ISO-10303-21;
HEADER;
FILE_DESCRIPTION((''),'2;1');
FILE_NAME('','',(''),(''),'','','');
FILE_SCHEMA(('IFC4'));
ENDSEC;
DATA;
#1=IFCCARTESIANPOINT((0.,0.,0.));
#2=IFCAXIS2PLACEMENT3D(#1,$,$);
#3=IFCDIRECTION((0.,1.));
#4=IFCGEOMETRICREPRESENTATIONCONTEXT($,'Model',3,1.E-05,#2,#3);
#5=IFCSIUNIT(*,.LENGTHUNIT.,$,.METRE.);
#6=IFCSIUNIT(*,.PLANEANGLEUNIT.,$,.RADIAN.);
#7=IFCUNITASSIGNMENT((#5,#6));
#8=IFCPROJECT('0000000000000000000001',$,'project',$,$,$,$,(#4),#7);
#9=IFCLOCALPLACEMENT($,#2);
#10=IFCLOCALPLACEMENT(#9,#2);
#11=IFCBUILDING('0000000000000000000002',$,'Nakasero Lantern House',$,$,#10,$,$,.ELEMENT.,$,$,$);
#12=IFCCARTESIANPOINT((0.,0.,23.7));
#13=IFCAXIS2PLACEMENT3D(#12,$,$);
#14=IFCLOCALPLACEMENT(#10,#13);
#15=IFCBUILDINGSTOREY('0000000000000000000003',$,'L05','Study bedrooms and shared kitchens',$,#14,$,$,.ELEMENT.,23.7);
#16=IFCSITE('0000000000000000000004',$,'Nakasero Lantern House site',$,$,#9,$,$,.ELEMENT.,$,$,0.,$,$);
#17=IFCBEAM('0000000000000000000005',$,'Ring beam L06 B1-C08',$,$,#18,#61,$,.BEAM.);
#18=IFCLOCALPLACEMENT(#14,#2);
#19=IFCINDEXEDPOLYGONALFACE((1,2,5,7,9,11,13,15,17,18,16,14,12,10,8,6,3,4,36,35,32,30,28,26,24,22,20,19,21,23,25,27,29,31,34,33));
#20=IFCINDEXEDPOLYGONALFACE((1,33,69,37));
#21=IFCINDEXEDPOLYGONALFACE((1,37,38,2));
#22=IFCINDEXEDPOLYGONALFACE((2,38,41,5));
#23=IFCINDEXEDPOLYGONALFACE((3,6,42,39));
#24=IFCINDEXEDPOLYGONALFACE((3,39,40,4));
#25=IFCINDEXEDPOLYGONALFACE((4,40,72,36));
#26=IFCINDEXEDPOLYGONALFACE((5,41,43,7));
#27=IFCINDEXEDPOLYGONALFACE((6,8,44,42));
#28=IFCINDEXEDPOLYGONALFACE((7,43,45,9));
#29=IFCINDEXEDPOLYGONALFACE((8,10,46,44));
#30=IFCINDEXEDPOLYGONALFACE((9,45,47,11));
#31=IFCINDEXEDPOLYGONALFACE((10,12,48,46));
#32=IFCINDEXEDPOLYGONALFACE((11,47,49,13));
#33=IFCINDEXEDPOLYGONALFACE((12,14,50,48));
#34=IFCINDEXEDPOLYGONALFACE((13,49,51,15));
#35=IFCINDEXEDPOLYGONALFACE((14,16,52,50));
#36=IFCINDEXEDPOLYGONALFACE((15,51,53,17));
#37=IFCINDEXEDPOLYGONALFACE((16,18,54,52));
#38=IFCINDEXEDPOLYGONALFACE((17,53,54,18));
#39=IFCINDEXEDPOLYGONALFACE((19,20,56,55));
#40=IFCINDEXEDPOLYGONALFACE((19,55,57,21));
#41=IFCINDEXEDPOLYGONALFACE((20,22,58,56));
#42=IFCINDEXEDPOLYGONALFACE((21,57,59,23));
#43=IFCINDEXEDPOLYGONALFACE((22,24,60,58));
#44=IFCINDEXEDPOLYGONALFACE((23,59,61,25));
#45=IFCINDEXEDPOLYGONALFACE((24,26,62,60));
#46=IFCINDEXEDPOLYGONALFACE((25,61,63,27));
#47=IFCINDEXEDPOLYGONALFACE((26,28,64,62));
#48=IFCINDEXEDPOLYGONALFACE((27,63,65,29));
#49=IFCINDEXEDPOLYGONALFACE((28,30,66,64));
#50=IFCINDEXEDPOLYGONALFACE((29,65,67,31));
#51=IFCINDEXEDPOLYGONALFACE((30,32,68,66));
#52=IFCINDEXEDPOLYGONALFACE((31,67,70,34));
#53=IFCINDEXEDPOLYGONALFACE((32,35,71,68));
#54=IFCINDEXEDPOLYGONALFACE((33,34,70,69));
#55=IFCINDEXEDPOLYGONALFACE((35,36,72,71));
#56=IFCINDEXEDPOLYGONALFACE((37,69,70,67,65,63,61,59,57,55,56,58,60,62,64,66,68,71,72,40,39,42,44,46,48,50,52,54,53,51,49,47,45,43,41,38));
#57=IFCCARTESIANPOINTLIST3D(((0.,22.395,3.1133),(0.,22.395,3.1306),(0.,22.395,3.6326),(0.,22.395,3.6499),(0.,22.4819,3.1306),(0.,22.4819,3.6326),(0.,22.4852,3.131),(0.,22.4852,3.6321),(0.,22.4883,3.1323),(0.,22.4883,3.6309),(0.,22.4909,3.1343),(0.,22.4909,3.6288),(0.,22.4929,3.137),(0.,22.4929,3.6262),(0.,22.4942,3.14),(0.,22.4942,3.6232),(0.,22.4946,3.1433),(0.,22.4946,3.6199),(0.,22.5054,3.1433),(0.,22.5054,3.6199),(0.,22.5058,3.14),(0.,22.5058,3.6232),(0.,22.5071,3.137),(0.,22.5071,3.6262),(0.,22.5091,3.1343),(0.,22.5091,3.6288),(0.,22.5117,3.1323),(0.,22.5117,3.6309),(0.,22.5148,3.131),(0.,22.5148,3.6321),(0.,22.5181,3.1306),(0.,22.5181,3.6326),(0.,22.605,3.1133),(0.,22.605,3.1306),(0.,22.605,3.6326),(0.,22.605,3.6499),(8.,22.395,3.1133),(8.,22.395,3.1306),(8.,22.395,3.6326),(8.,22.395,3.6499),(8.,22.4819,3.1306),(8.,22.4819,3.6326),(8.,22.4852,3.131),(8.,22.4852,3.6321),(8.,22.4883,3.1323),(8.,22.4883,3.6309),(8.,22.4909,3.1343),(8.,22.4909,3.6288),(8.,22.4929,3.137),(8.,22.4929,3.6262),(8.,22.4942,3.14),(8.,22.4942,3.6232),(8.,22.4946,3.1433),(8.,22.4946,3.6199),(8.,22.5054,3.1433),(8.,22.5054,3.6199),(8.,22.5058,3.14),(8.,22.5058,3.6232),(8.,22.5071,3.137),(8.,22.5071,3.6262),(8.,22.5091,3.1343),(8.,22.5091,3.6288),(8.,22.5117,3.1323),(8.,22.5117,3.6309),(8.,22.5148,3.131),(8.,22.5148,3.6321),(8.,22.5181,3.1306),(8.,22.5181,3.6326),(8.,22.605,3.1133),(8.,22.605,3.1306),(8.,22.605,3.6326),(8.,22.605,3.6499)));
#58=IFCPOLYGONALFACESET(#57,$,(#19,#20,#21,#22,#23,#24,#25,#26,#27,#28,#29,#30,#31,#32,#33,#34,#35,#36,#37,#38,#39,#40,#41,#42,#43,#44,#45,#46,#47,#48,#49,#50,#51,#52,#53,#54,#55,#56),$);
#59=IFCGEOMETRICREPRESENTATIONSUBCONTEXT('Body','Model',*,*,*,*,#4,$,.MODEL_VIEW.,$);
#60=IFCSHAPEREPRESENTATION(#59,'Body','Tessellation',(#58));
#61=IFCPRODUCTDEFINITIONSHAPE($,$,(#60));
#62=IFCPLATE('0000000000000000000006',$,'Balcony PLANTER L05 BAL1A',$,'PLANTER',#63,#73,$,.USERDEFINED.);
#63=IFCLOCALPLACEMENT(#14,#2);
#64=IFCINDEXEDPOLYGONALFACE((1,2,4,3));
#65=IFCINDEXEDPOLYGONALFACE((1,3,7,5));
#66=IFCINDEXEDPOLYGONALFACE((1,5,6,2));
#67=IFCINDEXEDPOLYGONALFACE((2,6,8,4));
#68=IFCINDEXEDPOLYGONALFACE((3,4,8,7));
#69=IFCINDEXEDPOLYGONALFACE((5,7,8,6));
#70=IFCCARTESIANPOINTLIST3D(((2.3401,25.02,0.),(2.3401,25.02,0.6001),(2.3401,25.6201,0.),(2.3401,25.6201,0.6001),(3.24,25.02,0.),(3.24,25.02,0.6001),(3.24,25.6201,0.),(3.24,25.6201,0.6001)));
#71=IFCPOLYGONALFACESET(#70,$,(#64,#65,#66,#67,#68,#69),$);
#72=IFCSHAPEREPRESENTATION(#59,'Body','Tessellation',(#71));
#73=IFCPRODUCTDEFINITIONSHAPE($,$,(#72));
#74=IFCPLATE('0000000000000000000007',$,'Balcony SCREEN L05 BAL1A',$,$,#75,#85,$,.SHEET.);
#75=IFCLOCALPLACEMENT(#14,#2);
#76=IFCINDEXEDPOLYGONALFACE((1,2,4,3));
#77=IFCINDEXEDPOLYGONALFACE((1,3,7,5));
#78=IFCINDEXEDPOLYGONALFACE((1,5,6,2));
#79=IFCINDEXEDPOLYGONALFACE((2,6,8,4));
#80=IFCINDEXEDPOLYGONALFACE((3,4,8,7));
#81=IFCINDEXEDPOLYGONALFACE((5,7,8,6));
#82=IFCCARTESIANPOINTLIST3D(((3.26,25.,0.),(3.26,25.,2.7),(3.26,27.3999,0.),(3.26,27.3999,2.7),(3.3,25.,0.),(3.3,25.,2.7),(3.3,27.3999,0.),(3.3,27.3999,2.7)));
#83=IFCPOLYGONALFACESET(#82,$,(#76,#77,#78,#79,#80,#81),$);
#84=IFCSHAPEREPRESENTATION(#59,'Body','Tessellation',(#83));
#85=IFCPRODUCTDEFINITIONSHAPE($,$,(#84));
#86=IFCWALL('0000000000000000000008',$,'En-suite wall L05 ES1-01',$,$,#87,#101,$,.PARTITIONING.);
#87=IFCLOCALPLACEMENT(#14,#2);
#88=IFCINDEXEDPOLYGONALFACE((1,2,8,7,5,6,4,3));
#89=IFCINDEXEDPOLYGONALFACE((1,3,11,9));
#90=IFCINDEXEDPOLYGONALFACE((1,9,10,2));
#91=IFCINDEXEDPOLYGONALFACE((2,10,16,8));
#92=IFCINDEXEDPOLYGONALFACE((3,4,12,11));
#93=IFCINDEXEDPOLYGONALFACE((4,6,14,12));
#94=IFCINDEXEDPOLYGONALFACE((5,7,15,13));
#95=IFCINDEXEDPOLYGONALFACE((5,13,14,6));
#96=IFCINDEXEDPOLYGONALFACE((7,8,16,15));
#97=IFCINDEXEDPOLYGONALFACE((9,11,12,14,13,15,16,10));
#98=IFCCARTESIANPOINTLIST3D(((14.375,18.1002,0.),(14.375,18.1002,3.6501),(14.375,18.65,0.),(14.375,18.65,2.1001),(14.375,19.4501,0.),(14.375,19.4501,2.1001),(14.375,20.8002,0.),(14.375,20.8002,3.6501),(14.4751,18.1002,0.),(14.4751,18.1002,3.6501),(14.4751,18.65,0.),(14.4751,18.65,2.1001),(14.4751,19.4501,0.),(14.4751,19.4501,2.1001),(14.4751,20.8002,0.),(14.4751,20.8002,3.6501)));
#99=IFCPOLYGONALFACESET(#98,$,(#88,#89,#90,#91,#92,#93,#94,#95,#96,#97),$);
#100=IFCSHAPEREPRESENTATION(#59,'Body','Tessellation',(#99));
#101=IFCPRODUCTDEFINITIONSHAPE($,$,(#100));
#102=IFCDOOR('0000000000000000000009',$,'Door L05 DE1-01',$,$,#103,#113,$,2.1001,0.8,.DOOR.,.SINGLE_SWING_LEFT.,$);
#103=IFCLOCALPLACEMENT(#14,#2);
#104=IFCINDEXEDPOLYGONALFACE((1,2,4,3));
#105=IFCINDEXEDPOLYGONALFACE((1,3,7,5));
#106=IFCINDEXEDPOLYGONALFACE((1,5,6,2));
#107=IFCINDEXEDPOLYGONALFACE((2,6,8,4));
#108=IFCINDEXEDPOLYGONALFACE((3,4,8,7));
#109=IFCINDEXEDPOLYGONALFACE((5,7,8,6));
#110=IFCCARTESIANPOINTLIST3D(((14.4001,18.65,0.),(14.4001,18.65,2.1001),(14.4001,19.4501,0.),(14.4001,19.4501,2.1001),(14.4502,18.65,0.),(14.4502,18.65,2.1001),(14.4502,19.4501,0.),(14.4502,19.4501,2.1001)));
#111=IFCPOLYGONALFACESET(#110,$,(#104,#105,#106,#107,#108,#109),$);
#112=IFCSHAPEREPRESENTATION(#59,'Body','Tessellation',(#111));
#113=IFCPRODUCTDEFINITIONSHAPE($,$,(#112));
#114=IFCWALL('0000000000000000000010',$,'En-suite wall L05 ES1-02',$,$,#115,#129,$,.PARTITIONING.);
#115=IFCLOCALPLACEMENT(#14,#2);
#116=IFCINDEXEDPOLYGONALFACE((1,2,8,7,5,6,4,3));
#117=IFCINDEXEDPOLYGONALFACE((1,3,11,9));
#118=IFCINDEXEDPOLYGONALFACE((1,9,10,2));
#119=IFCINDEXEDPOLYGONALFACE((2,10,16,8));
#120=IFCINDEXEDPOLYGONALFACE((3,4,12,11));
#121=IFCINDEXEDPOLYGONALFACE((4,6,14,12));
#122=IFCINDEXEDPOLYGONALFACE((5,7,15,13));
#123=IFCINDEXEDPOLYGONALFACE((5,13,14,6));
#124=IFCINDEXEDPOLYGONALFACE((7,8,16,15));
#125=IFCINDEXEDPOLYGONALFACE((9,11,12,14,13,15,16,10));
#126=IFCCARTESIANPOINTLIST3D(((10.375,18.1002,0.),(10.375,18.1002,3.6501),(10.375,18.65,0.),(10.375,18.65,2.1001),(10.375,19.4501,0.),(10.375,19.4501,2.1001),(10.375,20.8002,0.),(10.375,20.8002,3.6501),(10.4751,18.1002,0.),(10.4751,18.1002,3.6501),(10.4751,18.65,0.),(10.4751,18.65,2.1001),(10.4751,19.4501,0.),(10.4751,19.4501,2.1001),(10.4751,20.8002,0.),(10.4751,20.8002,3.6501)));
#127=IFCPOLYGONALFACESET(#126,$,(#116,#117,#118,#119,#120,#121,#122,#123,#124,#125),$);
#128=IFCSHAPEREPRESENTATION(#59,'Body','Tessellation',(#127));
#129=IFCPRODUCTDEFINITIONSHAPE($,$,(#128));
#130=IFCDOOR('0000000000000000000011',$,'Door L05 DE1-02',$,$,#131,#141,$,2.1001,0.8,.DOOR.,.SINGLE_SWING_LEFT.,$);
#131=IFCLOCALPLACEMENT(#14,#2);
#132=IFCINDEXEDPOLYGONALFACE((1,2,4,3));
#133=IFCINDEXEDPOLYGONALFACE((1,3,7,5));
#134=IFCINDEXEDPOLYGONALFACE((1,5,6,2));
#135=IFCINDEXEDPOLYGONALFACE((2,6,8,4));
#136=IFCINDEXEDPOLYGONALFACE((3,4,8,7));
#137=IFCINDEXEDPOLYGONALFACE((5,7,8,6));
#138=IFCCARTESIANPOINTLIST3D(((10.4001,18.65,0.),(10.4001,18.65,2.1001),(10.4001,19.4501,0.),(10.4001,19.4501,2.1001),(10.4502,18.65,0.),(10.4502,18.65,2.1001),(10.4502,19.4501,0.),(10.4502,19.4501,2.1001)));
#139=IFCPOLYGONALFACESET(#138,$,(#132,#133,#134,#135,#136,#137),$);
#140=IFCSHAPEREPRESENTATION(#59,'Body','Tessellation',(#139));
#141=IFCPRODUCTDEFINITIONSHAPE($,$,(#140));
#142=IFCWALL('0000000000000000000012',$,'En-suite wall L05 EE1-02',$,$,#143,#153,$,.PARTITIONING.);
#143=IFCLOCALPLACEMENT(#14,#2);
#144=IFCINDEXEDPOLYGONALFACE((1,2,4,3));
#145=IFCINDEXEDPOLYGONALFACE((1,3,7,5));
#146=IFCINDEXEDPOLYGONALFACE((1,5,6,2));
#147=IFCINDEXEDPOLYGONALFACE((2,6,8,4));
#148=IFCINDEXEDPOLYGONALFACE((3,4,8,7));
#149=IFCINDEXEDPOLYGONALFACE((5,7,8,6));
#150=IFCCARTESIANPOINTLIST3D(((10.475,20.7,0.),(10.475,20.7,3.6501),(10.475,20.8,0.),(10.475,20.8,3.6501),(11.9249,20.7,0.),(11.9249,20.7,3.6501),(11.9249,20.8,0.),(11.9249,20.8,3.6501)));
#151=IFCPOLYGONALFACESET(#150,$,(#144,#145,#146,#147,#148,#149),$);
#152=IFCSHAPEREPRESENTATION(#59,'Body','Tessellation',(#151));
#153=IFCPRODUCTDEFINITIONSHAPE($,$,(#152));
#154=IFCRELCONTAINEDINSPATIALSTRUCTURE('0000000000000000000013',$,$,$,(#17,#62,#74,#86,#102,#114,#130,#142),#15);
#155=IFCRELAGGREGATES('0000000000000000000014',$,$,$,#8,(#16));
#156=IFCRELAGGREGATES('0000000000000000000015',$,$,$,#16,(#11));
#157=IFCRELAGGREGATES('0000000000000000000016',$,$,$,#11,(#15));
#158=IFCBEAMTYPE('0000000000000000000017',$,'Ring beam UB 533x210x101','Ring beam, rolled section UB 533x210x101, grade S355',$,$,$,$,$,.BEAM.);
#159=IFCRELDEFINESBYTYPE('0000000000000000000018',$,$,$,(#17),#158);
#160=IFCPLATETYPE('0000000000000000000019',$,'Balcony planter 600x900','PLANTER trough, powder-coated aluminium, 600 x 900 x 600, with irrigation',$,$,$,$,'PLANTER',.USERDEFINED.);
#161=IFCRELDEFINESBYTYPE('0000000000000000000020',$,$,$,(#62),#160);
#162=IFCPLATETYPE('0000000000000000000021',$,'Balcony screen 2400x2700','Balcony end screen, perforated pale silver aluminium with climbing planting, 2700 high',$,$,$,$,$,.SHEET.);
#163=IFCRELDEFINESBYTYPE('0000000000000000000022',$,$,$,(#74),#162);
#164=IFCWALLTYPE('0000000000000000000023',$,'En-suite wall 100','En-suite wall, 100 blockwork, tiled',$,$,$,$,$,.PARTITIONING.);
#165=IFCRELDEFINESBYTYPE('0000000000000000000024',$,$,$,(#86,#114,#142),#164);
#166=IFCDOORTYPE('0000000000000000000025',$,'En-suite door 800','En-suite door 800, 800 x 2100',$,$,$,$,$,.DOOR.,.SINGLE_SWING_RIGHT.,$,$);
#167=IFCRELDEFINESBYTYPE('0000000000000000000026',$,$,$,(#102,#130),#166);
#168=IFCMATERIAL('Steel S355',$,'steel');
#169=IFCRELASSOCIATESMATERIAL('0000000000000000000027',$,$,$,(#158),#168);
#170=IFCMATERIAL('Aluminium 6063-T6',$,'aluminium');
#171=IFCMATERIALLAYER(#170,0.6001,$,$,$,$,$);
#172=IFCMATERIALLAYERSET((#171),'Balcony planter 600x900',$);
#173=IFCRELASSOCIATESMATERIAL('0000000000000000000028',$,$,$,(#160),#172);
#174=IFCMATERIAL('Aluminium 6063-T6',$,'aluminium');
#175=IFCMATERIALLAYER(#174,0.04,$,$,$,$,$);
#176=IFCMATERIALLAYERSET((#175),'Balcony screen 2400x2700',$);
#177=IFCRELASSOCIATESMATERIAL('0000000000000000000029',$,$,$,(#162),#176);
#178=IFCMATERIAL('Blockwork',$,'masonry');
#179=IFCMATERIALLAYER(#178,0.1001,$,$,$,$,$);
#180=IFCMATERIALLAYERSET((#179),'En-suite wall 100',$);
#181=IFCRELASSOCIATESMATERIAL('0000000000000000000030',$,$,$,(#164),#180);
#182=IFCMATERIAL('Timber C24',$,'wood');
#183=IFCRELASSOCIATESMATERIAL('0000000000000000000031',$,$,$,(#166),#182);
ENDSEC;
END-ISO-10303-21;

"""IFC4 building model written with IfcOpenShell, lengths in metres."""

from ifc_helpers import new_model, si_unit, direction, frame, frame_2d, origin, origin_2d, place, context, subcontext, project, spatial, rectangle, i_section, extrude, material, layer, layer_set, material_profile, profile_set, type_object, element, fill, save


model = new_model("IFC4")

# Units and contexts
model_context = context("Model", 3, precision=1e-05, world=origin(), true_north=direction((0.0, 1.0)))
body_context = subcontext(model_context, "Body", "Model", "MODEL_VIEW")
ifc_project = project(units=[si_unit("LENGTHUNIT", "METRE"), si_unit("PLANEANGLEUNIT", "RADIAN")], contexts=[model_context])

# Site, building, storey
site_placement = place(None, origin())
site = spatial("IfcSite", under=ifc_project, at=site_placement, Name="Nakasero Lantern House site", CompositionType="ELEMENT", RefElevation=0.0)
building_placement = place(site_placement, origin())
building = spatial("IfcBuilding", under=site, at=building_placement, Name="Nakasero Lantern House", CompositionType="ELEMENT")
storey_placement = place(building_placement, frame((0.0, 0.0, 23.7)))
storey = spatial("IfcBuildingStorey", under=building, at=storey_placement, Name="L05", Description="Study bedrooms and shared kitchens", CompositionType="ELEMENT", Elevation=23.7)

# Beam
ifc_material_1 = material(Name="Steel S355", Category="steel")
ifc_material_profile_1 = material_profile(ifc_material_1, i_section(OverallWidth=0.21, OverallDepth=0.5366, WebThickness=0.0107, FlangeThickness=0.0173, FilletRadius=0.0127, at=origin_2d()), Name="UB 533x210x101")
ifc_profile_set_1 = profile_set([ifc_material_profile_1], Name="Steel S355")
beam_type_1 = type_object("IfcBeamType", Name="Ring beam UB 533x210x101", Description="Ring beam, rolled section UB 533x210x101, grade S355", PredefinedType="BEAM", material=ifc_profile_set_1)
beam_1_placement = place(storey_placement, frame((8.0, 22.5, 3.3816), z_axis=(-1.0, 0.0, 0.0), x_axis=(0.0, -1.0, 0.0)))
element("IfcBeam", 1, at=beam_1_placement, inside=storey, type_object=beam_type_1, Name="Ring beam L06 B1-C08", PredefinedType="BEAM", context=body_context, shape_type="SweptSolid", body=[
    extrude(i_section(OverallWidth=0.21, OverallDepth=0.5366, WebThickness=0.0107, FlangeThickness=0.0173, FilletRadius=0.0127, at=origin_2d()), origin(), (0.0, 0.0, 1.0), 8.0),
])

# Plates
ifc_material_2 = material(Name="Aluminium 6063-T6", Category="aluminium")
ifc_layer_1 = layer(ifc_material_2, 0.6001)
ifc_layer_set_1 = layer_set([ifc_layer_1], Name="Balcony planter 600x900")
plate_type_1 = type_object("IfcPlateType", Name="Balcony planter 600x900", Description="PLANTER trough, powder-coated aluminium, 600 x 900 x 600, with irrigation", ElementType="PLANTER", PredefinedType="USERDEFINED", material=ifc_layer_set_1)
plate_1_placement = place(storey_placement, frame((2.79, 25.3201, 0.0), z_axis=(0.0, 0.0, 1.0), x_axis=(0.0, 1.0, 0.0)))
element("IfcPlate", 2, at=plate_1_placement, inside=storey, type_object=plate_type_1, Name="Balcony PLANTER L05 BAL1A", ObjectType="PLANTER", PredefinedType="USERDEFINED", context=body_context, shape_type="SweptSolid", body=[
    extrude(rectangle(XDim=0.6001, YDim=0.8999, at=origin_2d()), origin(), (0.0, 0.0, 1.0), 0.6001),
])
ifc_material_3 = material(Name="Aluminium 6063-T6", Category="aluminium")
ifc_layer_2 = layer(ifc_material_3, 0.04)
ifc_layer_set_2 = layer_set([ifc_layer_2], Name="Balcony screen 2400x2700")
plate_type_2 = type_object("IfcPlateType", Name="Balcony screen 2400x2700", Description="Balcony end screen, perforated pale silver aluminium with climbing planting, 2700 high", PredefinedType="SHEET", material=ifc_layer_set_2)
plate_2_placement = place(storey_placement, frame((3.28, 26.2, 0.0), z_axis=(0.0, 0.0, 1.0), x_axis=(0.0, 1.0, 0.0)))
element("IfcPlate", 3, at=plate_2_placement, inside=storey, type_object=plate_type_2, Name="Balcony SCREEN L05 BAL1A", PredefinedType="SHEET", context=body_context, shape_type="SweptSolid", body=[
    extrude(rectangle(XDim=2.3999, YDim=0.04, at=origin_2d()), origin(), (0.0, 0.0, 1.0), 2.7),
])

# Walls, openings, doors
ifc_material_4 = material(Name="Blockwork", Category="masonry")
ifc_layer_3 = layer(ifc_material_4, 0.1001)
ifc_layer_set_3 = layer_set([ifc_layer_3], Name="En-suite wall 100")
wall_type_1 = type_object("IfcWallType", Name="En-suite wall 100", Description="En-suite wall, 100 blockwork, tiled", PredefinedType="PARTITIONING", material=ifc_layer_set_3)
wall_1_placement = place(storey_placement, frame((14.425, 18.1001, 0.0), z_axis=(0.0, 0.0, 1.0), x_axis=(0.0, 1.0, 0.0)))
wall_1 = element("IfcWall", 4, at=wall_1_placement, inside=storey, type_object=wall_type_1, Name="En-suite wall L05 ES1-01", PredefinedType="PARTITIONING", context=body_context, shape_type="SweptSolid", body=[
    extrude(rectangle(XDim=2.7, YDim=0.1001, at=frame_2d((1.3501, 0.0))), origin(), (0.0, 0.0, 1.0), 3.6501),
])
opening_1_placement = place(wall_1_placement, frame((0.55, 0.0, 0.0)))
opening_1 = element("IfcOpeningElement", 5, at=opening_1_placement, cuts=wall_1, PredefinedType="OPENING", context=body_context, shape_type="SweptSolid", body=[
    extrude(rectangle(XDim=0.8, YDim=2.1001, at=frame_2d((0.3999, 1.05))), frame((0.0, 0.0701, 0.0), z_axis=(0.0, -1.0, 0.0), x_axis=(1.0, 0.0, 0.0)), (0.0, 0.0, 1.0), 0.1401),
])
ifc_material_5 = material(Name="Timber C24", Category="wood")
door_type_1 = type_object("IfcDoorType", Name="En-suite door 800", Description="En-suite door 800, 800 x 2100", OperationType="SINGLE_SWING_RIGHT", PredefinedType="DOOR", material=ifc_material_5)
door_1_placement = place(opening_1_placement, origin())
door_1 = element("IfcDoor", 6, at=door_1_placement, inside=storey, type_object=door_type_1, Name="Door L05 DE1-01", OperationType="SINGLE_SWING_LEFT", OverallHeight=2.1001, OverallWidth=0.8, PredefinedType="DOOR", context=body_context, shape_type="SweptSolid", body=[
    extrude(rectangle(XDim=0.8, YDim=2.1001, at=frame_2d((0.3999, 1.05))), frame((0.0, 0.0249, 0.0), z_axis=(0.0, -1.0, 0.0), x_axis=(1.0, 0.0, 0.0)), (0.0, 0.0, 1.0), 0.05),
])
fill(opening_1, door_1)
wall_2_placement = place(storey_placement, frame((10.425, 18.1001, 0.0), z_axis=(0.0, 0.0, 1.0), x_axis=(0.0, 1.0, 0.0)))
wall_2 = element("IfcWall", 7, at=wall_2_placement, inside=storey, type_object=wall_type_1, Name="En-suite wall L05 ES1-02", PredefinedType="PARTITIONING", context=body_context, shape_type="SweptSolid", body=[
    extrude(rectangle(XDim=2.7, YDim=0.1001, at=frame_2d((1.3501, 0.0))), origin(), (0.0, 0.0, 1.0), 3.6501),
])
opening_2_placement = place(wall_2_placement, frame((0.55, 0.0, 0.0)))
opening_2 = element("IfcOpeningElement", 8, at=opening_2_placement, cuts=wall_2, PredefinedType="OPENING", context=body_context, shape_type="SweptSolid", body=[
    extrude(rectangle(XDim=0.8, YDim=2.1001, at=frame_2d((0.3999, 1.05))), frame((0.0, 0.0701, 0.0), z_axis=(0.0, -1.0, 0.0), x_axis=(1.0, 0.0, 0.0)), (0.0, 0.0, 1.0), 0.1401),
])
door_2_placement = place(opening_2_placement, origin())
door_2 = element("IfcDoor", 9, at=door_2_placement, inside=storey, type_object=door_type_1, Name="Door L05 DE1-02", OperationType="SINGLE_SWING_LEFT", OverallHeight=2.1001, OverallWidth=0.8, PredefinedType="DOOR", context=body_context, shape_type="SweptSolid", body=[
    extrude(rectangle(XDim=0.8, YDim=2.1001, at=frame_2d((0.3999, 1.05))), frame((0.0, 0.0249, 0.0), z_axis=(0.0, -1.0, 0.0), x_axis=(1.0, 0.0, 0.0)), (0.0, 0.0, 1.0), 0.05),
])
fill(opening_2, door_2)

# Wall
wall_3_placement = place(storey_placement, frame((11.925, 20.75, 0.0), z_axis=(0.0, 0.0, 1.0), x_axis=(-1.0, 0.0, 0.0)))
element("IfcWall", 10, at=wall_3_placement, inside=storey, type_object=wall_type_1, Name="En-suite wall L05 EE1-02", PredefinedType="PARTITIONING", context=body_context, shape_type="SweptSolid", body=[
    extrude(rectangle(XDim=1.45, YDim=0.1001, at=frame_2d((0.7251, 0.0))), origin(), (0.0, 0.0, 1.0), 3.6501),
])

save(model, "model.ifc")
